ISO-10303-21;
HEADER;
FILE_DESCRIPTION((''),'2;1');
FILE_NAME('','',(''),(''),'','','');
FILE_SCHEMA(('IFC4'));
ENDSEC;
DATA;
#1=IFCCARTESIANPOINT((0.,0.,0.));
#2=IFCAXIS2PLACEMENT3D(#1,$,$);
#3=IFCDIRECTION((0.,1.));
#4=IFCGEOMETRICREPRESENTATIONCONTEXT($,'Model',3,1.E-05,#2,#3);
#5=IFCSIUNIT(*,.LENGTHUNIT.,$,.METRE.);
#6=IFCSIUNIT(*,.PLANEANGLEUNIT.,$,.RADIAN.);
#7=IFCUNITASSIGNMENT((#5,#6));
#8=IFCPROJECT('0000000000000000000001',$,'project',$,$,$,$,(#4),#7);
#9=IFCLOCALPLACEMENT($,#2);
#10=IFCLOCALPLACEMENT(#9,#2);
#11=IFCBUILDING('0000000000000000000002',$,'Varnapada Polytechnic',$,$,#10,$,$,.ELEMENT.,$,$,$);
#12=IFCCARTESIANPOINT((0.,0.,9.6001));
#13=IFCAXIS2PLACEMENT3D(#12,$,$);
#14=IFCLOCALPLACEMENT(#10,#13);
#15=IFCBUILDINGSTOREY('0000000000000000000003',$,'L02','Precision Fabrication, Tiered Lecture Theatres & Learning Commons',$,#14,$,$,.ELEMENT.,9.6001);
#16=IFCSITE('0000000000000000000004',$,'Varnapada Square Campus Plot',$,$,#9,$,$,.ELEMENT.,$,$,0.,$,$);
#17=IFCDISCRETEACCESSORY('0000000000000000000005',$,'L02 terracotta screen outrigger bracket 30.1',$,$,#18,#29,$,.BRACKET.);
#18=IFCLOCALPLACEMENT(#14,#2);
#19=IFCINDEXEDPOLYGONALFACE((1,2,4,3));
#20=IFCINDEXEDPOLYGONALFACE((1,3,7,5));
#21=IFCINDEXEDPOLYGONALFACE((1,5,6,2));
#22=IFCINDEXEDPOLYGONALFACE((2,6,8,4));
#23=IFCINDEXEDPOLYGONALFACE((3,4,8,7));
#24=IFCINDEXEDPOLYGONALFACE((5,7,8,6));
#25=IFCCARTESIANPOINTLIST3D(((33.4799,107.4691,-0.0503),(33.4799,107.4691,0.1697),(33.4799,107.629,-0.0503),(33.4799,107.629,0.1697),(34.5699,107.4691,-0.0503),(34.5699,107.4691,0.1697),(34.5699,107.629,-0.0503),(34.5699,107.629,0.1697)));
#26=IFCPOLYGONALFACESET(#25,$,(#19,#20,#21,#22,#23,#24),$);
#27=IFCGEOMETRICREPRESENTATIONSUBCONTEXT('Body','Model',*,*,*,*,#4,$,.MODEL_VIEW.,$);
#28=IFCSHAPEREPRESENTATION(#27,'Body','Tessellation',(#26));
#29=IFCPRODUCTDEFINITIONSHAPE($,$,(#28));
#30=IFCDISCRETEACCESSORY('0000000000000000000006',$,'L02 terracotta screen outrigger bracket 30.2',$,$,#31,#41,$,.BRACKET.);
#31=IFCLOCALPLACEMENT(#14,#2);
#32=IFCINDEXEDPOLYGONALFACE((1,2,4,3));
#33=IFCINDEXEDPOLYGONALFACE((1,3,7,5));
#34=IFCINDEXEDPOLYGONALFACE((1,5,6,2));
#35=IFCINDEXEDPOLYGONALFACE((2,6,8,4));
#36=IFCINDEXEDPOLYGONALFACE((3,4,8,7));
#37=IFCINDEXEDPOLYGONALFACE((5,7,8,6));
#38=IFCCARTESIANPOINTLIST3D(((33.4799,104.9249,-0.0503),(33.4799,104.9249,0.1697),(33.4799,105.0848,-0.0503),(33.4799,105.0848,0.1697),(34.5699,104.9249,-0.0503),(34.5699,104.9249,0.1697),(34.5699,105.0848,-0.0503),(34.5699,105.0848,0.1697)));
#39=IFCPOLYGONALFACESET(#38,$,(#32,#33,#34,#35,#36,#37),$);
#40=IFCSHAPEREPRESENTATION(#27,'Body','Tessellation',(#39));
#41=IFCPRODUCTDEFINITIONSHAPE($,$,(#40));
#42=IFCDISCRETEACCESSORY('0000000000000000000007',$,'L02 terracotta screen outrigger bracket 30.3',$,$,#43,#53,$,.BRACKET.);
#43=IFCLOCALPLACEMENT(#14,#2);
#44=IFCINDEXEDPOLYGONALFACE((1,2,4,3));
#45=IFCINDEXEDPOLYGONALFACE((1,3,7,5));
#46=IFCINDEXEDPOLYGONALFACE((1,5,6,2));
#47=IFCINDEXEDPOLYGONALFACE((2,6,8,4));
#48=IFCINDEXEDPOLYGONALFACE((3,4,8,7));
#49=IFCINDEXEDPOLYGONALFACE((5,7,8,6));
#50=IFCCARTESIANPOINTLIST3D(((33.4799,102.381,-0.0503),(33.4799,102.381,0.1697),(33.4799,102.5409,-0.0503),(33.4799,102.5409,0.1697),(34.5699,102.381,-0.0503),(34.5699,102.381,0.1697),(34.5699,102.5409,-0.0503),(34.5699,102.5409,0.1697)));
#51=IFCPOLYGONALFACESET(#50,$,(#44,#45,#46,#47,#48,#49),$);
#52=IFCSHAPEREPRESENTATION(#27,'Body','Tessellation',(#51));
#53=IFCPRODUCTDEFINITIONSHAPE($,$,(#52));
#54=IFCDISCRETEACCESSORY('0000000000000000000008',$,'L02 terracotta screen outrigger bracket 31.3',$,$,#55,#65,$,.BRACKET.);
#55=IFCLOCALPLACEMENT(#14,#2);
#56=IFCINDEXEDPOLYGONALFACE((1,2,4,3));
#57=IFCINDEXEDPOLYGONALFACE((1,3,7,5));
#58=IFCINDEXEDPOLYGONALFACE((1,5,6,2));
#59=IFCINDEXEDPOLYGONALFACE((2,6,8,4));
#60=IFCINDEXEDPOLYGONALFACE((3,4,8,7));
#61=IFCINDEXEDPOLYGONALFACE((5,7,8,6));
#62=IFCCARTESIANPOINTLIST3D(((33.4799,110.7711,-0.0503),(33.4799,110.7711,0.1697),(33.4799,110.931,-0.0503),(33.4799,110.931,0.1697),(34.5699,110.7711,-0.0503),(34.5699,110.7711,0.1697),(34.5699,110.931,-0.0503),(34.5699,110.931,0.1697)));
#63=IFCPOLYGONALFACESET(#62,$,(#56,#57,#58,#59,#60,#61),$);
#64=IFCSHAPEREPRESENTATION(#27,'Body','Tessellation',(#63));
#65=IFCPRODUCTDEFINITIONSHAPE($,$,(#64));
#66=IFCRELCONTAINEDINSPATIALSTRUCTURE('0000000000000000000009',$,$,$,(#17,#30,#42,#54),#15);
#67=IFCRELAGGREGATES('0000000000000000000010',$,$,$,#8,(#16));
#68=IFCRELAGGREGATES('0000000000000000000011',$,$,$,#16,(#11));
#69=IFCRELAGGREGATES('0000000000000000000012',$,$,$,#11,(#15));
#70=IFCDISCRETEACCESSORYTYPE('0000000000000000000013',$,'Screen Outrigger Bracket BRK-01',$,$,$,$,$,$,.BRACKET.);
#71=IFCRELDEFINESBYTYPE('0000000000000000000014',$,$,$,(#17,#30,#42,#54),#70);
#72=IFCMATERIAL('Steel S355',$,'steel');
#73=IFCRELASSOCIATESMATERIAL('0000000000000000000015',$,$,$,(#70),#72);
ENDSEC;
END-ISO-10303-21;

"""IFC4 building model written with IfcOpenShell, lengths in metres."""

from ifc_helpers import new_model, si_unit, direction, frame, origin, origin_2d, place, context, subcontext, project, spatial, rectangle, extrude, material, type_object, element, save


model = new_model("IFC4")

# Units and contexts
model_context = context("Model", 3, precision=1e-05, world=origin(), true_north=direction((0.0, 1.0)))
body_context = subcontext(model_context, "Body", "Model", "MODEL_VIEW")
ifc_project = project(units=[si_unit("LENGTHUNIT", "METRE"), si_unit("PLANEANGLEUNIT", "RADIAN")], contexts=[model_context])

# Site, building, storey
site_placement = place(None, origin())
site = spatial("IfcSite", under=ifc_project, at=site_placement, Name="Varnapada Square Campus Plot", CompositionType="ELEMENT", RefElevation=0.0)
building_placement = place(site_placement, origin())
building = spatial("IfcBuilding", under=site, at=building_placement, Name="Varnapada Polytechnic", CompositionType="ELEMENT")
storey_placement = place(building_placement, frame((0.0, 0.0, 9.6001)))
storey = spatial("IfcBuildingStorey", under=building, at=storey_placement, Name="L02", Description="Precision Fabrication, Tiered Lecture Theatres & Learning Commons", CompositionType="ELEMENT", Elevation=9.6001)

# Discrete accessories
ifc_material_1 = material(Name="Steel S355", Category="steel")
discrete_accessory_type = type_object("IfcDiscreteAccessoryType", Name="Screen Outrigger Bracket BRK-01", PredefinedType="BRACKET", material=ifc_material_1)
for number, where, z_axis, x_axis, name in (
    (1, (34.0249, 107.5491, -0.0503), (0.0, 0.0, 1.0), (0.0, -1.0, 0.0), "L02 terracotta screen outrigger bracket 30.1"),
    (2, (34.0249, 105.0049, -0.0503), (0.0, 0.0, 1.0), (0.0, -1.0, 0.0), "L02 terracotta screen outrigger bracket 30.2"),
    (3, (34.0249, 102.4609, -0.0503), (0.0, 0.0, 1.0), (0.0, -1.0, 0.0), "L02 terracotta screen outrigger bracket 30.3"),
    (4, (34.0249, 110.8511, -0.0503), (0.0, 0.0, 1.0), (0.0, -1.0, 0.0), "L02 terracotta screen outrigger bracket 31.3"),
):
    element("IfcDiscreteAccessory", number, at=place(storey_placement, frame(where, z_axis=z_axis, x_axis=x_axis)), inside=storey, type_object=discrete_accessory_type, Name=name, PredefinedType="BRACKET", context=body_context, shape_type="SweptSolid", body=[
        extrude(rectangle(XDim=0.1599, YDim=1.0901, at=origin_2d()), origin(), (0.0, 0.0, 1.0), 0.22),
    ])

save(model, "model.ifc")
